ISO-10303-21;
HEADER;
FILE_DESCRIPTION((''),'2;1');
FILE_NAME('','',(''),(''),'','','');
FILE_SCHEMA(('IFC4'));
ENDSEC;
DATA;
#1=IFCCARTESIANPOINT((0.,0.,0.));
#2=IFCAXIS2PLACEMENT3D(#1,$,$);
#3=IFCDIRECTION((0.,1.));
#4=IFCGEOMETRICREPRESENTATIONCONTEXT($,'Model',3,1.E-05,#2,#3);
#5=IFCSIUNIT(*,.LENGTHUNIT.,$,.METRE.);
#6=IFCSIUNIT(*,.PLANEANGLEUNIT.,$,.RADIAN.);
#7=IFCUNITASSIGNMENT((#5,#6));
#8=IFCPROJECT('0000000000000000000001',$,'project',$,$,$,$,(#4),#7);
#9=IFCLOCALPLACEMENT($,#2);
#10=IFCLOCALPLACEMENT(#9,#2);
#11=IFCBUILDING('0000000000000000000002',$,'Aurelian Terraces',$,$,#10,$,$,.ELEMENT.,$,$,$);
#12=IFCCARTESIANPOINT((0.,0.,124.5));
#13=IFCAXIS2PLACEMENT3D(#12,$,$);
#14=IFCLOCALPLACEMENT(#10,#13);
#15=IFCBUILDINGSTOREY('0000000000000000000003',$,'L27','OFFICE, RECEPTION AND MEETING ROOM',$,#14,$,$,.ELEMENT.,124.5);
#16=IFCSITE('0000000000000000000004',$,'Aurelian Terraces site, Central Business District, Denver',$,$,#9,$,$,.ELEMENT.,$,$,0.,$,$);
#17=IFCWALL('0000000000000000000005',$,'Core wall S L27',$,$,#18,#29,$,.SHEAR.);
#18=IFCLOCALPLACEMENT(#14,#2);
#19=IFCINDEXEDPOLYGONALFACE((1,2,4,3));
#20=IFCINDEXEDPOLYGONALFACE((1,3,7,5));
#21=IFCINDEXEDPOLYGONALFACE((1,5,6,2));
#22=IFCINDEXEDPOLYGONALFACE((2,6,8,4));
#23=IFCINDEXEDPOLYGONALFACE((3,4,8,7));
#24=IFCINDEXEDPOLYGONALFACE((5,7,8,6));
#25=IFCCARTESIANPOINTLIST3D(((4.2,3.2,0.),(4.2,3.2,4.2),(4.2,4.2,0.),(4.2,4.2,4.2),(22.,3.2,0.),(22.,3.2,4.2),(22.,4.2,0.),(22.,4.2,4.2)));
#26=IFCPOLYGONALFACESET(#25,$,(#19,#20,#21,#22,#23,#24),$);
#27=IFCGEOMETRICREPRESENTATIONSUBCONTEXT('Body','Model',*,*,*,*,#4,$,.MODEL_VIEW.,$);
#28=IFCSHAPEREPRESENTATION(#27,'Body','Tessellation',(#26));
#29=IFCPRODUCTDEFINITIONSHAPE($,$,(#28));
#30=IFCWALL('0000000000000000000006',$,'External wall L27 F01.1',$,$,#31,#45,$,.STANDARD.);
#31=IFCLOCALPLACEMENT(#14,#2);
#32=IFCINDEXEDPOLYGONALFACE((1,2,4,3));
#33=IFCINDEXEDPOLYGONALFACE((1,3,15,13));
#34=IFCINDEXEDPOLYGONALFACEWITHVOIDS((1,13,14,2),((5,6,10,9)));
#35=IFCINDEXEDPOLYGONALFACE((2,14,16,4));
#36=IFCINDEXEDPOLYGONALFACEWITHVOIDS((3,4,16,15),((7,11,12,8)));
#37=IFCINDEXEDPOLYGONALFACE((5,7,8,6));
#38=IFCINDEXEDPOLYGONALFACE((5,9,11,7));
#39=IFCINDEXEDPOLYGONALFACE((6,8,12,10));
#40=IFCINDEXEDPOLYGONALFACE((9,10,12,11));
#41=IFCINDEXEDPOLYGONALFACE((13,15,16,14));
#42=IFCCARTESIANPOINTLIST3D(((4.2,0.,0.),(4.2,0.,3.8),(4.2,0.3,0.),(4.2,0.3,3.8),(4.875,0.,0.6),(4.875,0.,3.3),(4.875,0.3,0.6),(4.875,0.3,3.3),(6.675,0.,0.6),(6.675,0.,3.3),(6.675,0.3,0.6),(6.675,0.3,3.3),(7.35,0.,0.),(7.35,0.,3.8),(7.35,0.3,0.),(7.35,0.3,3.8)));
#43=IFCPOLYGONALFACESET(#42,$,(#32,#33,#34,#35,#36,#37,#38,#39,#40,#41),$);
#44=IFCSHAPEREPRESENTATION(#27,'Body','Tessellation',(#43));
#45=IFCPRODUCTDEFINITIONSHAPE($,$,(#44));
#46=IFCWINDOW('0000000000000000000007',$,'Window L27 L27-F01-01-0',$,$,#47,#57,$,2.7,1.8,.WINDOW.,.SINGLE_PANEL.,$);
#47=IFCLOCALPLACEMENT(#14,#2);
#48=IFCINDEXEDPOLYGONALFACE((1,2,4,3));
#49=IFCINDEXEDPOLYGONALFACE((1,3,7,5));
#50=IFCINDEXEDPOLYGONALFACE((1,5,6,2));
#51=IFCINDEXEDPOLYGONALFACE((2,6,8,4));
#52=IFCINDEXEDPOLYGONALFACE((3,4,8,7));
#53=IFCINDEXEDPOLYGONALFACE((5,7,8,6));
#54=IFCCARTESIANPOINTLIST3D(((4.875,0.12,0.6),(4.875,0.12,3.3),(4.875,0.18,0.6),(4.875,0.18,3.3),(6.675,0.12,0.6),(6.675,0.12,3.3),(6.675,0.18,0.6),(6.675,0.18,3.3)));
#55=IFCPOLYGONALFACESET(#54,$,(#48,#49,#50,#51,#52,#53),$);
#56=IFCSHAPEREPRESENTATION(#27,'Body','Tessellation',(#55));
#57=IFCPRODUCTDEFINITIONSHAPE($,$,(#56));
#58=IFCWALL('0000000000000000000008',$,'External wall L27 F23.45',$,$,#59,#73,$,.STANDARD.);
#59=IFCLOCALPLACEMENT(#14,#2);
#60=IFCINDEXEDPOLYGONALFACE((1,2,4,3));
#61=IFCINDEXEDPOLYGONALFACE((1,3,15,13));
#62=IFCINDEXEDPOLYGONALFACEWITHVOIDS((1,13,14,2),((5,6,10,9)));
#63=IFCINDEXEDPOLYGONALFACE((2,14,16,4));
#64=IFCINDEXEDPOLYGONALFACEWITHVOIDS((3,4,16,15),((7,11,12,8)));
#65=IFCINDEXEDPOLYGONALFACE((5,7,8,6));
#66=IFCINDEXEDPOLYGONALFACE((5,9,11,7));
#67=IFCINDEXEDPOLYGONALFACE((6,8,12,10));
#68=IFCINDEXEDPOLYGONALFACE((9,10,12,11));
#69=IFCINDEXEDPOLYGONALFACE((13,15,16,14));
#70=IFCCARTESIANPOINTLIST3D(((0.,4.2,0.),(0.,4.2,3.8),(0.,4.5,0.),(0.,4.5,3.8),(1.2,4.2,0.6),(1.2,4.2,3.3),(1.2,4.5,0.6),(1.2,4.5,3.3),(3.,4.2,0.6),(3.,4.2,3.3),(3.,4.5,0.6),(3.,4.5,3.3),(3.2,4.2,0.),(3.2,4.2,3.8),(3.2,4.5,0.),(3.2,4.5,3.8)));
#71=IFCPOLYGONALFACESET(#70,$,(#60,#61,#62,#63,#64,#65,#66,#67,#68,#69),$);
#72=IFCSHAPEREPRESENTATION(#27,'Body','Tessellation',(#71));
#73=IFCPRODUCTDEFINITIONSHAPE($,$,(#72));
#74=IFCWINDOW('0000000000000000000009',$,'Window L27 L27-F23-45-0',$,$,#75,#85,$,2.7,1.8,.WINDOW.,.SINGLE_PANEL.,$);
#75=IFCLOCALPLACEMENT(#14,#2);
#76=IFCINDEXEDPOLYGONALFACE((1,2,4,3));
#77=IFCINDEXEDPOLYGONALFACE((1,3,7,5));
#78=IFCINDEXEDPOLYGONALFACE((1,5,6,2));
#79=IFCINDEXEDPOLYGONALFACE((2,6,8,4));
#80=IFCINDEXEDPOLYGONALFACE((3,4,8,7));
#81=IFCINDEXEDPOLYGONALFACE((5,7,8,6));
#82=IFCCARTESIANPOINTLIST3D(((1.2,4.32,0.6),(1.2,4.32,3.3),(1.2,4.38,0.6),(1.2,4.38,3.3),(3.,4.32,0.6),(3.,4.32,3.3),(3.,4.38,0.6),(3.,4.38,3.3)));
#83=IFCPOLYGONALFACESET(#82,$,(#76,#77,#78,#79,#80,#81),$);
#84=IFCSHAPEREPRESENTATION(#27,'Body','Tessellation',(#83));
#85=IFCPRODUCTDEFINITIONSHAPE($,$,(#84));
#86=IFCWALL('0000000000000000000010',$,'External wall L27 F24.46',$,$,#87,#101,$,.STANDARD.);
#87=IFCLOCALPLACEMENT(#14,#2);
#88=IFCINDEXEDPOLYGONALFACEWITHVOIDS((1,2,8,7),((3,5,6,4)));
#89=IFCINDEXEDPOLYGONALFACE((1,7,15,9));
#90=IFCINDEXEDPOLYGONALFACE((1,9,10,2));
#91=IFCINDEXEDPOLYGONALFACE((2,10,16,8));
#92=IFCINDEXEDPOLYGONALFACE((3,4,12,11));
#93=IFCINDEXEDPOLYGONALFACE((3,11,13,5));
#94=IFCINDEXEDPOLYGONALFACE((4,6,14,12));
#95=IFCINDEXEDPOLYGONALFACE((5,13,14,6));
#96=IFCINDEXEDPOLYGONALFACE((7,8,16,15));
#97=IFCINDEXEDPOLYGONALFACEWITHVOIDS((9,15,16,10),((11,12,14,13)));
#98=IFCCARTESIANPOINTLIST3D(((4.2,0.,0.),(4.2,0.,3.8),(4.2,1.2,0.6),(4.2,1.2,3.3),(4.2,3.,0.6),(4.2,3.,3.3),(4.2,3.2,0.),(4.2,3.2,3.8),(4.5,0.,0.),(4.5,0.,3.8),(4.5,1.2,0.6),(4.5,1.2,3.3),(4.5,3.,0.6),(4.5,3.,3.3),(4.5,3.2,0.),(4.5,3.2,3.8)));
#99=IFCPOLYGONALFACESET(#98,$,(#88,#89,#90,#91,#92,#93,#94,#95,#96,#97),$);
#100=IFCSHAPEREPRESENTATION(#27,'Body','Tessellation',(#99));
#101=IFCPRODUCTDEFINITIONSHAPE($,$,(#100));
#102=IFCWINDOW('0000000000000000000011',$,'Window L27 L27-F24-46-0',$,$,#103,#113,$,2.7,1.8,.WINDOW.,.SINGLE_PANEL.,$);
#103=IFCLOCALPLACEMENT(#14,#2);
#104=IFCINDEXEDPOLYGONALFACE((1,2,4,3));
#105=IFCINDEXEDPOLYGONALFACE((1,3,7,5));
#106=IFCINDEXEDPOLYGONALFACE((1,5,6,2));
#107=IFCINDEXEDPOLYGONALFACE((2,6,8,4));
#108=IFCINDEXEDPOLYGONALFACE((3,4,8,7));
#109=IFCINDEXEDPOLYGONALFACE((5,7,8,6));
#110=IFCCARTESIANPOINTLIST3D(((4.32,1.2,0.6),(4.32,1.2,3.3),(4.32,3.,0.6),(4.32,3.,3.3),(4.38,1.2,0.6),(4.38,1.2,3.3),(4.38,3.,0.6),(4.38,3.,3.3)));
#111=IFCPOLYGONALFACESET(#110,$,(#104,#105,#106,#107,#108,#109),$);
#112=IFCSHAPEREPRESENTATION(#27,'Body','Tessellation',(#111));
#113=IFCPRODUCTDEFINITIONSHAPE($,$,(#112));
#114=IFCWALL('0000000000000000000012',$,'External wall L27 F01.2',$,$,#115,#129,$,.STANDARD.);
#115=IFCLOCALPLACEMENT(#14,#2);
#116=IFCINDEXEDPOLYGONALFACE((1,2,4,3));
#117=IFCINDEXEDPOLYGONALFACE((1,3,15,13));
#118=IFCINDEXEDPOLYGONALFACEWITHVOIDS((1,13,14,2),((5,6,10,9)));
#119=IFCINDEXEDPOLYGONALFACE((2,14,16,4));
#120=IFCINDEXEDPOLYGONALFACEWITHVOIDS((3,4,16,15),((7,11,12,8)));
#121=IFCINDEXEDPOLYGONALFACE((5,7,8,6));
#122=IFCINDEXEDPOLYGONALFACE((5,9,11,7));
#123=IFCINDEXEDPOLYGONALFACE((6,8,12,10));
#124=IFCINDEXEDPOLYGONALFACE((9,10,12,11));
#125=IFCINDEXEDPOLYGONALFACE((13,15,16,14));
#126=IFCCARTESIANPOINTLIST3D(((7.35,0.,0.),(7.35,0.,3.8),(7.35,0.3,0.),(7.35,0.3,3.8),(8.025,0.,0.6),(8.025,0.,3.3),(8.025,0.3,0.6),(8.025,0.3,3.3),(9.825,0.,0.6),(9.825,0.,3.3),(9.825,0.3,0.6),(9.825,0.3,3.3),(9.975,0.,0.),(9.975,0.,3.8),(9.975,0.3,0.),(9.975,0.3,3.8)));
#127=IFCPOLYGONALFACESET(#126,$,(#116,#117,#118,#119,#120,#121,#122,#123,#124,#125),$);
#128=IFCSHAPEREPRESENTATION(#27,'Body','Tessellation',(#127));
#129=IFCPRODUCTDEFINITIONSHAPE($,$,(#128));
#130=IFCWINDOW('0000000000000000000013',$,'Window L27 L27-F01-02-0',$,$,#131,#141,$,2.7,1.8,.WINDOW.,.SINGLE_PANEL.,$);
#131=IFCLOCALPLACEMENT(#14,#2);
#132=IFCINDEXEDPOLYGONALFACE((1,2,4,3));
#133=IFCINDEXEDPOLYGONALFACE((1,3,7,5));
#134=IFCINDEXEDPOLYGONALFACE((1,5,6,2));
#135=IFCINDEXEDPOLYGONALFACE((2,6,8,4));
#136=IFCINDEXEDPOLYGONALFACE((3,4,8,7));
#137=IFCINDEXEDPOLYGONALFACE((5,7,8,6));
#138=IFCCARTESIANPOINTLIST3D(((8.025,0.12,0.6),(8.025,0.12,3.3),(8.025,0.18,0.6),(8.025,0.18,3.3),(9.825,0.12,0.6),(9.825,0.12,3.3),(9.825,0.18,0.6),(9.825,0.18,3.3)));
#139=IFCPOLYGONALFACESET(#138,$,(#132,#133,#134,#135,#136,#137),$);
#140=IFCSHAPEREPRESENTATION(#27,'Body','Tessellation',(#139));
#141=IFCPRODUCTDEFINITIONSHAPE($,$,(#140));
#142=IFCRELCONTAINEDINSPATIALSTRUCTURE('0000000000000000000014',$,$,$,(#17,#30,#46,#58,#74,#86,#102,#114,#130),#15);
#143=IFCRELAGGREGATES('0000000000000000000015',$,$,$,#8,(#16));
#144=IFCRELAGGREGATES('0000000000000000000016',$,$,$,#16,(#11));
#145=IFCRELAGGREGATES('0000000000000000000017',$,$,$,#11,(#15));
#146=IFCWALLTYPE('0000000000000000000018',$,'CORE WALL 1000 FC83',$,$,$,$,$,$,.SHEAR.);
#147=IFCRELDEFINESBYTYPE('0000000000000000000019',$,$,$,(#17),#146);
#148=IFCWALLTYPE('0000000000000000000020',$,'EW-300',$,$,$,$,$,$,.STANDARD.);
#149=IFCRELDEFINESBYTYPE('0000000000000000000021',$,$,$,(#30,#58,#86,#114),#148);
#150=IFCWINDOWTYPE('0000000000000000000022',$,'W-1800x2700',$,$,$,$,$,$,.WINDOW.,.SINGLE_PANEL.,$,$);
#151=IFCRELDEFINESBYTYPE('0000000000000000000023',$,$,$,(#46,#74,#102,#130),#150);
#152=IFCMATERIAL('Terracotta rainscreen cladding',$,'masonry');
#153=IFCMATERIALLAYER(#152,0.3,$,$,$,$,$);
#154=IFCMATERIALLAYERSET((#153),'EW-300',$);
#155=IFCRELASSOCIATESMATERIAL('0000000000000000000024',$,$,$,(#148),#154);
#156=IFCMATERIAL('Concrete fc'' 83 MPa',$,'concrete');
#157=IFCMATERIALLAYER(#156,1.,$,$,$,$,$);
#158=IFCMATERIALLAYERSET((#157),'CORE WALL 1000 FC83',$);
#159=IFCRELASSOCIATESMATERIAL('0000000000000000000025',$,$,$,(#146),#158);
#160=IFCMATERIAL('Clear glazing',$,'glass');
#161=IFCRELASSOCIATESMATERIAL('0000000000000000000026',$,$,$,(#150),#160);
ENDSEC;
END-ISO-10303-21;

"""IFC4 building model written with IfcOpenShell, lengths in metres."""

from ifc_helpers import new_model, si_unit, direction, frame, frame_2d, origin, place, context, subcontext, project, spatial, rectangle, extrude, source, transform, mapped, material, layer, layer_set, type_object, element, fill, save


model = new_model("IFC4")

# Units and contexts
model_context = context("Model", 3, precision=1e-05, world=origin(), true_north=direction((0.0, 1.0)))
body_context = subcontext(model_context, "Body", "Model", "MODEL_VIEW")
ifc_project = project(units=[si_unit("LENGTHUNIT", "METRE"), si_unit("PLANEANGLEUNIT", "RADIAN")], contexts=[model_context])

# Site, building, storey
site_placement = place(None, origin())
site = spatial("IfcSite", under=ifc_project, at=site_placement, Name="Aurelian Terraces site, Central Business District, Denver", CompositionType="ELEMENT", RefElevation=0.0)
building_placement = place(site_placement, origin())
building = spatial("IfcBuilding", under=site, at=building_placement, Name="Aurelian Terraces", CompositionType="ELEMENT")
storey_placement = place(building_placement, frame((0.0, 0.0, 124.5)))
storey = spatial("IfcBuildingStorey", under=building, at=storey_placement, Name="L27", Description="OFFICE, RECEPTION AND MEETING ROOM", CompositionType="ELEMENT", Elevation=124.5)

# Shared definitions
ifc_material_1 = material(Name="Concrete fc' 83 MPa", Category="concrete")

# Shared definitions
ifc_material_2 = material(Name="Terracotta rainscreen cladding", Category="masonry")
ifc_layer_1 = layer(ifc_material_2, 0.3)
ifc_layer_set_1 = layer_set([ifc_layer_1], Name="EW-300")
wall_type_1 = type_object("IfcWallType", Name="EW-300", PredefinedType="STANDARD", material=ifc_layer_set_1)
ifc_material_3 = material(Name="Clear glazing", Category="glass")

# Shared definitions
ifc_layer_2 = layer(ifc_material_1, 1.0)
ifc_layer_set_2 = layer_set([ifc_layer_2], Name="CORE WALL 1000 FC83")
wall_type_2 = type_object("IfcWallType", Name="CORE WALL 1000 FC83", PredefinedType="SHEAR", material=ifc_layer_set_2)
shared_shape_1 = source(origin(), body_context, "Body", "SweptSolid", [
    extrude(rectangle(XDim=17.8, YDim=1.0, at=frame_2d((8.9, 0.0))), origin(), (0.0, 0.0, 1.0), 4.2),
])

# Wall
wall_1_placement = place(storey_placement, frame((4.2, 3.7, 0.0), z_axis=(0.0, 0.0, 1.0), x_axis=(1.0, 0.0, 0.0)))
element("IfcWall", 1, at=wall_1_placement, inside=storey, type_object=wall_type_2, Name="Core wall S L27", PredefinedType="SHEAR", context=body_context, shape_type="MappedRepresentation", body=[
    mapped(shared_shape_1, transform((0.0, 0.0, 0.0), scale=1.0)),
])

# Walls, openings, windows
shared_shape_2 = source(origin(), body_context, "Body", "SweptSolid", [
    extrude(rectangle(XDim=3.15, YDim=0.3, at=frame_2d((1.575, 0.0))), origin(), (0.0, 0.0, 1.0), 3.8),
])
wall_2_placement = place(storey_placement, frame((4.2, 0.15, 0.0), z_axis=(0.0, 0.0, 1.0), x_axis=(1.0, 0.0, 0.0)))
wall_2 = element("IfcWall", 2, at=wall_2_placement, inside=storey, type_object=wall_type_1, Name="External wall L27 F01.1", PredefinedType="STANDARD", context=body_context, shape_type="MappedRepresentation", body=[
    mapped(shared_shape_2, transform((0.0, 0.0, 0.0), scale=1.0)),
])
shared_shape_3 = source(origin(), body_context, "Body", "SweptSolid", [
    extrude(rectangle(XDim=1.8, YDim=2.7, at=frame_2d((0.9, 1.35))), frame((0.0, 0.16, 0.0), z_axis=(0.0, -1.0, 0.0), x_axis=(1.0, 0.0, 0.0)), (0.0, 0.0, 1.0), 0.32),
])
opening_1_placement = place(wall_2_placement, frame((0.675, 0.0, 0.6)))
opening_1 = element("IfcOpeningElement", 3, at=opening_1_placement, cuts=wall_2, PredefinedType="OPENING", context=body_context, shape_type="MappedRepresentation", body=[
    mapped(shared_shape_3, transform((0.0, 0.0, 0.0), scale=1.0)),
])
window_type_1 = type_object("IfcWindowType", Name="W-1800x2700", PartitioningType="SINGLE_PANEL", PredefinedType="WINDOW", material=ifc_material_3)
shared_shape_4 = source(origin(), body_context, "Body", "SweptSolid", [
    extrude(rectangle(XDim=1.8, YDim=2.7, at=frame_2d((0.9, 1.35))), frame((0.0, 0.03, 0.0), z_axis=(0.0, -1.0, 0.0), x_axis=(1.0, 0.0, 0.0)), (0.0, 0.0, 1.0), 0.06),
])
window_1_placement = place(opening_1_placement, origin())
window_1 = element("IfcWindow", 4, at=window_1_placement, inside=storey, type_object=window_type_1, Name="Window L27 L27-F01-01-0", OverallHeight=2.7, OverallWidth=1.8, PartitioningType="SINGLE_PANEL", PredefinedType="WINDOW", context=body_context, shape_type="MappedRepresentation", body=[
    mapped(shared_shape_4, transform((0.0, 0.0, 0.0), scale=1.0)),
])
fill(opening_1, window_1)
shared_shape_5 = source(origin(), body_context, "Body", "SweptSolid", [
    extrude(rectangle(XDim=3.2, YDim=0.3, at=frame_2d((1.6, 0.0))), origin(), (0.0, 0.0, 1.0), 3.8),
])
wall_3_placement = place(storey_placement, frame((0.0, 4.35, 0.0), z_axis=(0.0, 0.0, 1.0), x_axis=(1.0, 0.0, 0.0)))
wall_3 = element("IfcWall", 5, at=wall_3_placement, inside=storey, type_object=wall_type_1, Name="External wall L27 F23.45", PredefinedType="STANDARD", context=body_context, shape_type="MappedRepresentation", body=[
    mapped(shared_shape_5, transform((0.0, 0.0, 0.0), scale=1.0)),
])
opening_2_placement = place(wall_3_placement, frame((1.2, 0.0, 0.6)))
opening_2 = element("IfcOpeningElement", 6, at=opening_2_placement, cuts=wall_3, PredefinedType="OPENING", context=body_context, shape_type="MappedRepresentation", body=[
    mapped(shared_shape_3, transform((0.0, 0.0, 0.0), scale=1.0)),
])
window_2_placement = place(opening_2_placement, origin())
window_2 = element("IfcWindow", 7, at=window_2_placement, inside=storey, type_object=window_type_1, Name="Window L27 L27-F23-45-0", OverallHeight=2.7, OverallWidth=1.8, PartitioningType="SINGLE_PANEL", PredefinedType="WINDOW", context=body_context, shape_type="MappedRepresentation", body=[
    mapped(shared_shape_4, transform((0.0, 0.0, 0.0), scale=1.0)),
])
fill(opening_2, window_2)
wall_4_placement = place(storey_placement, frame((4.35, 3.2, 0.0), z_axis=(0.0, 0.0, 1.0), x_axis=(0.0, -1.0, 0.0)))
wall_4 = element("IfcWall", 8, at=wall_4_placement, inside=storey, type_object=wall_type_1, Name="External wall L27 F24.46", PredefinedType="STANDARD", context=body_context, shape_type="MappedRepresentation", body=[
    mapped(shared_shape_5, transform((0.0, 0.0, 0.0), scale=1.0)),
])
opening_3_placement = place(wall_4_placement, frame((0.2, 0.0, 0.6)))
opening_3 = element("IfcOpeningElement", 9, at=opening_3_placement, cuts=wall_4, PredefinedType="OPENING", context=body_context, shape_type="MappedRepresentation", body=[
    mapped(shared_shape_3, transform((0.0, 0.0, 0.0), scale=1.0)),
])
window_3_placement = place(opening_3_placement, origin())
window_3 = element("IfcWindow", 10, at=window_3_placement, inside=storey, type_object=window_type_1, Name="Window L27 L27-F24-46-0", OverallHeight=2.7, OverallWidth=1.8, PartitioningType="SINGLE_PANEL", PredefinedType="WINDOW", context=body_context, shape_type="MappedRepresentation", body=[
    mapped(shared_shape_4, transform((0.0, 0.0, 0.0), scale=1.0)),
])
fill(opening_3, window_3)
shared_shape_6 = source(origin(), body_context, "Body", "SweptSolid", [
    extrude(rectangle(XDim=2.625, YDim=0.3, at=frame_2d((1.3125, 0.0))), origin(), (0.0, 0.0, 1.0), 3.8),
])
wall_5_placement = place(storey_placement, frame((7.35, 0.15, 0.0), z_axis=(0.0, 0.0, 1.0), x_axis=(1.0, 0.0, 0.0)))
wall_5 = element("IfcWall", 11, at=wall_5_placement, inside=storey, type_object=wall_type_1, Name="External wall L27 F01.2", PredefinedType="STANDARD", context=body_context, shape_type="MappedRepresentation", body=[
    mapped(shared_shape_6, transform((0.0, 0.0, 0.0), scale=1.0)),
])
opening_4_placement = place(wall_5_placement, frame((0.675, 0.0, 0.6)))
opening_4 = element("IfcOpeningElement", 12, at=opening_4_placement, cuts=wall_5, PredefinedType="OPENING", context=body_context, shape_type="MappedRepresentation", body=[
    mapped(shared_shape_3, transform((0.0, 0.0, 0.0), scale=1.0)),
])
window_4_placement = place(opening_4_placement, origin())
window_4 = element("IfcWindow", 13, at=window_4_placement, inside=storey, type_object=window_type_1, Name="Window L27 L27-F01-02-0", OverallHeight=2.7, OverallWidth=1.8, PartitioningType="SINGLE_PANEL", PredefinedType="WINDOW", context=body_context, shape_type="MappedRepresentation", body=[
    mapped(shared_shape_4, transform((0.0, 0.0, 0.0), scale=1.0)),
])
fill(opening_4, window_4)

save(model, "model.ifc")
